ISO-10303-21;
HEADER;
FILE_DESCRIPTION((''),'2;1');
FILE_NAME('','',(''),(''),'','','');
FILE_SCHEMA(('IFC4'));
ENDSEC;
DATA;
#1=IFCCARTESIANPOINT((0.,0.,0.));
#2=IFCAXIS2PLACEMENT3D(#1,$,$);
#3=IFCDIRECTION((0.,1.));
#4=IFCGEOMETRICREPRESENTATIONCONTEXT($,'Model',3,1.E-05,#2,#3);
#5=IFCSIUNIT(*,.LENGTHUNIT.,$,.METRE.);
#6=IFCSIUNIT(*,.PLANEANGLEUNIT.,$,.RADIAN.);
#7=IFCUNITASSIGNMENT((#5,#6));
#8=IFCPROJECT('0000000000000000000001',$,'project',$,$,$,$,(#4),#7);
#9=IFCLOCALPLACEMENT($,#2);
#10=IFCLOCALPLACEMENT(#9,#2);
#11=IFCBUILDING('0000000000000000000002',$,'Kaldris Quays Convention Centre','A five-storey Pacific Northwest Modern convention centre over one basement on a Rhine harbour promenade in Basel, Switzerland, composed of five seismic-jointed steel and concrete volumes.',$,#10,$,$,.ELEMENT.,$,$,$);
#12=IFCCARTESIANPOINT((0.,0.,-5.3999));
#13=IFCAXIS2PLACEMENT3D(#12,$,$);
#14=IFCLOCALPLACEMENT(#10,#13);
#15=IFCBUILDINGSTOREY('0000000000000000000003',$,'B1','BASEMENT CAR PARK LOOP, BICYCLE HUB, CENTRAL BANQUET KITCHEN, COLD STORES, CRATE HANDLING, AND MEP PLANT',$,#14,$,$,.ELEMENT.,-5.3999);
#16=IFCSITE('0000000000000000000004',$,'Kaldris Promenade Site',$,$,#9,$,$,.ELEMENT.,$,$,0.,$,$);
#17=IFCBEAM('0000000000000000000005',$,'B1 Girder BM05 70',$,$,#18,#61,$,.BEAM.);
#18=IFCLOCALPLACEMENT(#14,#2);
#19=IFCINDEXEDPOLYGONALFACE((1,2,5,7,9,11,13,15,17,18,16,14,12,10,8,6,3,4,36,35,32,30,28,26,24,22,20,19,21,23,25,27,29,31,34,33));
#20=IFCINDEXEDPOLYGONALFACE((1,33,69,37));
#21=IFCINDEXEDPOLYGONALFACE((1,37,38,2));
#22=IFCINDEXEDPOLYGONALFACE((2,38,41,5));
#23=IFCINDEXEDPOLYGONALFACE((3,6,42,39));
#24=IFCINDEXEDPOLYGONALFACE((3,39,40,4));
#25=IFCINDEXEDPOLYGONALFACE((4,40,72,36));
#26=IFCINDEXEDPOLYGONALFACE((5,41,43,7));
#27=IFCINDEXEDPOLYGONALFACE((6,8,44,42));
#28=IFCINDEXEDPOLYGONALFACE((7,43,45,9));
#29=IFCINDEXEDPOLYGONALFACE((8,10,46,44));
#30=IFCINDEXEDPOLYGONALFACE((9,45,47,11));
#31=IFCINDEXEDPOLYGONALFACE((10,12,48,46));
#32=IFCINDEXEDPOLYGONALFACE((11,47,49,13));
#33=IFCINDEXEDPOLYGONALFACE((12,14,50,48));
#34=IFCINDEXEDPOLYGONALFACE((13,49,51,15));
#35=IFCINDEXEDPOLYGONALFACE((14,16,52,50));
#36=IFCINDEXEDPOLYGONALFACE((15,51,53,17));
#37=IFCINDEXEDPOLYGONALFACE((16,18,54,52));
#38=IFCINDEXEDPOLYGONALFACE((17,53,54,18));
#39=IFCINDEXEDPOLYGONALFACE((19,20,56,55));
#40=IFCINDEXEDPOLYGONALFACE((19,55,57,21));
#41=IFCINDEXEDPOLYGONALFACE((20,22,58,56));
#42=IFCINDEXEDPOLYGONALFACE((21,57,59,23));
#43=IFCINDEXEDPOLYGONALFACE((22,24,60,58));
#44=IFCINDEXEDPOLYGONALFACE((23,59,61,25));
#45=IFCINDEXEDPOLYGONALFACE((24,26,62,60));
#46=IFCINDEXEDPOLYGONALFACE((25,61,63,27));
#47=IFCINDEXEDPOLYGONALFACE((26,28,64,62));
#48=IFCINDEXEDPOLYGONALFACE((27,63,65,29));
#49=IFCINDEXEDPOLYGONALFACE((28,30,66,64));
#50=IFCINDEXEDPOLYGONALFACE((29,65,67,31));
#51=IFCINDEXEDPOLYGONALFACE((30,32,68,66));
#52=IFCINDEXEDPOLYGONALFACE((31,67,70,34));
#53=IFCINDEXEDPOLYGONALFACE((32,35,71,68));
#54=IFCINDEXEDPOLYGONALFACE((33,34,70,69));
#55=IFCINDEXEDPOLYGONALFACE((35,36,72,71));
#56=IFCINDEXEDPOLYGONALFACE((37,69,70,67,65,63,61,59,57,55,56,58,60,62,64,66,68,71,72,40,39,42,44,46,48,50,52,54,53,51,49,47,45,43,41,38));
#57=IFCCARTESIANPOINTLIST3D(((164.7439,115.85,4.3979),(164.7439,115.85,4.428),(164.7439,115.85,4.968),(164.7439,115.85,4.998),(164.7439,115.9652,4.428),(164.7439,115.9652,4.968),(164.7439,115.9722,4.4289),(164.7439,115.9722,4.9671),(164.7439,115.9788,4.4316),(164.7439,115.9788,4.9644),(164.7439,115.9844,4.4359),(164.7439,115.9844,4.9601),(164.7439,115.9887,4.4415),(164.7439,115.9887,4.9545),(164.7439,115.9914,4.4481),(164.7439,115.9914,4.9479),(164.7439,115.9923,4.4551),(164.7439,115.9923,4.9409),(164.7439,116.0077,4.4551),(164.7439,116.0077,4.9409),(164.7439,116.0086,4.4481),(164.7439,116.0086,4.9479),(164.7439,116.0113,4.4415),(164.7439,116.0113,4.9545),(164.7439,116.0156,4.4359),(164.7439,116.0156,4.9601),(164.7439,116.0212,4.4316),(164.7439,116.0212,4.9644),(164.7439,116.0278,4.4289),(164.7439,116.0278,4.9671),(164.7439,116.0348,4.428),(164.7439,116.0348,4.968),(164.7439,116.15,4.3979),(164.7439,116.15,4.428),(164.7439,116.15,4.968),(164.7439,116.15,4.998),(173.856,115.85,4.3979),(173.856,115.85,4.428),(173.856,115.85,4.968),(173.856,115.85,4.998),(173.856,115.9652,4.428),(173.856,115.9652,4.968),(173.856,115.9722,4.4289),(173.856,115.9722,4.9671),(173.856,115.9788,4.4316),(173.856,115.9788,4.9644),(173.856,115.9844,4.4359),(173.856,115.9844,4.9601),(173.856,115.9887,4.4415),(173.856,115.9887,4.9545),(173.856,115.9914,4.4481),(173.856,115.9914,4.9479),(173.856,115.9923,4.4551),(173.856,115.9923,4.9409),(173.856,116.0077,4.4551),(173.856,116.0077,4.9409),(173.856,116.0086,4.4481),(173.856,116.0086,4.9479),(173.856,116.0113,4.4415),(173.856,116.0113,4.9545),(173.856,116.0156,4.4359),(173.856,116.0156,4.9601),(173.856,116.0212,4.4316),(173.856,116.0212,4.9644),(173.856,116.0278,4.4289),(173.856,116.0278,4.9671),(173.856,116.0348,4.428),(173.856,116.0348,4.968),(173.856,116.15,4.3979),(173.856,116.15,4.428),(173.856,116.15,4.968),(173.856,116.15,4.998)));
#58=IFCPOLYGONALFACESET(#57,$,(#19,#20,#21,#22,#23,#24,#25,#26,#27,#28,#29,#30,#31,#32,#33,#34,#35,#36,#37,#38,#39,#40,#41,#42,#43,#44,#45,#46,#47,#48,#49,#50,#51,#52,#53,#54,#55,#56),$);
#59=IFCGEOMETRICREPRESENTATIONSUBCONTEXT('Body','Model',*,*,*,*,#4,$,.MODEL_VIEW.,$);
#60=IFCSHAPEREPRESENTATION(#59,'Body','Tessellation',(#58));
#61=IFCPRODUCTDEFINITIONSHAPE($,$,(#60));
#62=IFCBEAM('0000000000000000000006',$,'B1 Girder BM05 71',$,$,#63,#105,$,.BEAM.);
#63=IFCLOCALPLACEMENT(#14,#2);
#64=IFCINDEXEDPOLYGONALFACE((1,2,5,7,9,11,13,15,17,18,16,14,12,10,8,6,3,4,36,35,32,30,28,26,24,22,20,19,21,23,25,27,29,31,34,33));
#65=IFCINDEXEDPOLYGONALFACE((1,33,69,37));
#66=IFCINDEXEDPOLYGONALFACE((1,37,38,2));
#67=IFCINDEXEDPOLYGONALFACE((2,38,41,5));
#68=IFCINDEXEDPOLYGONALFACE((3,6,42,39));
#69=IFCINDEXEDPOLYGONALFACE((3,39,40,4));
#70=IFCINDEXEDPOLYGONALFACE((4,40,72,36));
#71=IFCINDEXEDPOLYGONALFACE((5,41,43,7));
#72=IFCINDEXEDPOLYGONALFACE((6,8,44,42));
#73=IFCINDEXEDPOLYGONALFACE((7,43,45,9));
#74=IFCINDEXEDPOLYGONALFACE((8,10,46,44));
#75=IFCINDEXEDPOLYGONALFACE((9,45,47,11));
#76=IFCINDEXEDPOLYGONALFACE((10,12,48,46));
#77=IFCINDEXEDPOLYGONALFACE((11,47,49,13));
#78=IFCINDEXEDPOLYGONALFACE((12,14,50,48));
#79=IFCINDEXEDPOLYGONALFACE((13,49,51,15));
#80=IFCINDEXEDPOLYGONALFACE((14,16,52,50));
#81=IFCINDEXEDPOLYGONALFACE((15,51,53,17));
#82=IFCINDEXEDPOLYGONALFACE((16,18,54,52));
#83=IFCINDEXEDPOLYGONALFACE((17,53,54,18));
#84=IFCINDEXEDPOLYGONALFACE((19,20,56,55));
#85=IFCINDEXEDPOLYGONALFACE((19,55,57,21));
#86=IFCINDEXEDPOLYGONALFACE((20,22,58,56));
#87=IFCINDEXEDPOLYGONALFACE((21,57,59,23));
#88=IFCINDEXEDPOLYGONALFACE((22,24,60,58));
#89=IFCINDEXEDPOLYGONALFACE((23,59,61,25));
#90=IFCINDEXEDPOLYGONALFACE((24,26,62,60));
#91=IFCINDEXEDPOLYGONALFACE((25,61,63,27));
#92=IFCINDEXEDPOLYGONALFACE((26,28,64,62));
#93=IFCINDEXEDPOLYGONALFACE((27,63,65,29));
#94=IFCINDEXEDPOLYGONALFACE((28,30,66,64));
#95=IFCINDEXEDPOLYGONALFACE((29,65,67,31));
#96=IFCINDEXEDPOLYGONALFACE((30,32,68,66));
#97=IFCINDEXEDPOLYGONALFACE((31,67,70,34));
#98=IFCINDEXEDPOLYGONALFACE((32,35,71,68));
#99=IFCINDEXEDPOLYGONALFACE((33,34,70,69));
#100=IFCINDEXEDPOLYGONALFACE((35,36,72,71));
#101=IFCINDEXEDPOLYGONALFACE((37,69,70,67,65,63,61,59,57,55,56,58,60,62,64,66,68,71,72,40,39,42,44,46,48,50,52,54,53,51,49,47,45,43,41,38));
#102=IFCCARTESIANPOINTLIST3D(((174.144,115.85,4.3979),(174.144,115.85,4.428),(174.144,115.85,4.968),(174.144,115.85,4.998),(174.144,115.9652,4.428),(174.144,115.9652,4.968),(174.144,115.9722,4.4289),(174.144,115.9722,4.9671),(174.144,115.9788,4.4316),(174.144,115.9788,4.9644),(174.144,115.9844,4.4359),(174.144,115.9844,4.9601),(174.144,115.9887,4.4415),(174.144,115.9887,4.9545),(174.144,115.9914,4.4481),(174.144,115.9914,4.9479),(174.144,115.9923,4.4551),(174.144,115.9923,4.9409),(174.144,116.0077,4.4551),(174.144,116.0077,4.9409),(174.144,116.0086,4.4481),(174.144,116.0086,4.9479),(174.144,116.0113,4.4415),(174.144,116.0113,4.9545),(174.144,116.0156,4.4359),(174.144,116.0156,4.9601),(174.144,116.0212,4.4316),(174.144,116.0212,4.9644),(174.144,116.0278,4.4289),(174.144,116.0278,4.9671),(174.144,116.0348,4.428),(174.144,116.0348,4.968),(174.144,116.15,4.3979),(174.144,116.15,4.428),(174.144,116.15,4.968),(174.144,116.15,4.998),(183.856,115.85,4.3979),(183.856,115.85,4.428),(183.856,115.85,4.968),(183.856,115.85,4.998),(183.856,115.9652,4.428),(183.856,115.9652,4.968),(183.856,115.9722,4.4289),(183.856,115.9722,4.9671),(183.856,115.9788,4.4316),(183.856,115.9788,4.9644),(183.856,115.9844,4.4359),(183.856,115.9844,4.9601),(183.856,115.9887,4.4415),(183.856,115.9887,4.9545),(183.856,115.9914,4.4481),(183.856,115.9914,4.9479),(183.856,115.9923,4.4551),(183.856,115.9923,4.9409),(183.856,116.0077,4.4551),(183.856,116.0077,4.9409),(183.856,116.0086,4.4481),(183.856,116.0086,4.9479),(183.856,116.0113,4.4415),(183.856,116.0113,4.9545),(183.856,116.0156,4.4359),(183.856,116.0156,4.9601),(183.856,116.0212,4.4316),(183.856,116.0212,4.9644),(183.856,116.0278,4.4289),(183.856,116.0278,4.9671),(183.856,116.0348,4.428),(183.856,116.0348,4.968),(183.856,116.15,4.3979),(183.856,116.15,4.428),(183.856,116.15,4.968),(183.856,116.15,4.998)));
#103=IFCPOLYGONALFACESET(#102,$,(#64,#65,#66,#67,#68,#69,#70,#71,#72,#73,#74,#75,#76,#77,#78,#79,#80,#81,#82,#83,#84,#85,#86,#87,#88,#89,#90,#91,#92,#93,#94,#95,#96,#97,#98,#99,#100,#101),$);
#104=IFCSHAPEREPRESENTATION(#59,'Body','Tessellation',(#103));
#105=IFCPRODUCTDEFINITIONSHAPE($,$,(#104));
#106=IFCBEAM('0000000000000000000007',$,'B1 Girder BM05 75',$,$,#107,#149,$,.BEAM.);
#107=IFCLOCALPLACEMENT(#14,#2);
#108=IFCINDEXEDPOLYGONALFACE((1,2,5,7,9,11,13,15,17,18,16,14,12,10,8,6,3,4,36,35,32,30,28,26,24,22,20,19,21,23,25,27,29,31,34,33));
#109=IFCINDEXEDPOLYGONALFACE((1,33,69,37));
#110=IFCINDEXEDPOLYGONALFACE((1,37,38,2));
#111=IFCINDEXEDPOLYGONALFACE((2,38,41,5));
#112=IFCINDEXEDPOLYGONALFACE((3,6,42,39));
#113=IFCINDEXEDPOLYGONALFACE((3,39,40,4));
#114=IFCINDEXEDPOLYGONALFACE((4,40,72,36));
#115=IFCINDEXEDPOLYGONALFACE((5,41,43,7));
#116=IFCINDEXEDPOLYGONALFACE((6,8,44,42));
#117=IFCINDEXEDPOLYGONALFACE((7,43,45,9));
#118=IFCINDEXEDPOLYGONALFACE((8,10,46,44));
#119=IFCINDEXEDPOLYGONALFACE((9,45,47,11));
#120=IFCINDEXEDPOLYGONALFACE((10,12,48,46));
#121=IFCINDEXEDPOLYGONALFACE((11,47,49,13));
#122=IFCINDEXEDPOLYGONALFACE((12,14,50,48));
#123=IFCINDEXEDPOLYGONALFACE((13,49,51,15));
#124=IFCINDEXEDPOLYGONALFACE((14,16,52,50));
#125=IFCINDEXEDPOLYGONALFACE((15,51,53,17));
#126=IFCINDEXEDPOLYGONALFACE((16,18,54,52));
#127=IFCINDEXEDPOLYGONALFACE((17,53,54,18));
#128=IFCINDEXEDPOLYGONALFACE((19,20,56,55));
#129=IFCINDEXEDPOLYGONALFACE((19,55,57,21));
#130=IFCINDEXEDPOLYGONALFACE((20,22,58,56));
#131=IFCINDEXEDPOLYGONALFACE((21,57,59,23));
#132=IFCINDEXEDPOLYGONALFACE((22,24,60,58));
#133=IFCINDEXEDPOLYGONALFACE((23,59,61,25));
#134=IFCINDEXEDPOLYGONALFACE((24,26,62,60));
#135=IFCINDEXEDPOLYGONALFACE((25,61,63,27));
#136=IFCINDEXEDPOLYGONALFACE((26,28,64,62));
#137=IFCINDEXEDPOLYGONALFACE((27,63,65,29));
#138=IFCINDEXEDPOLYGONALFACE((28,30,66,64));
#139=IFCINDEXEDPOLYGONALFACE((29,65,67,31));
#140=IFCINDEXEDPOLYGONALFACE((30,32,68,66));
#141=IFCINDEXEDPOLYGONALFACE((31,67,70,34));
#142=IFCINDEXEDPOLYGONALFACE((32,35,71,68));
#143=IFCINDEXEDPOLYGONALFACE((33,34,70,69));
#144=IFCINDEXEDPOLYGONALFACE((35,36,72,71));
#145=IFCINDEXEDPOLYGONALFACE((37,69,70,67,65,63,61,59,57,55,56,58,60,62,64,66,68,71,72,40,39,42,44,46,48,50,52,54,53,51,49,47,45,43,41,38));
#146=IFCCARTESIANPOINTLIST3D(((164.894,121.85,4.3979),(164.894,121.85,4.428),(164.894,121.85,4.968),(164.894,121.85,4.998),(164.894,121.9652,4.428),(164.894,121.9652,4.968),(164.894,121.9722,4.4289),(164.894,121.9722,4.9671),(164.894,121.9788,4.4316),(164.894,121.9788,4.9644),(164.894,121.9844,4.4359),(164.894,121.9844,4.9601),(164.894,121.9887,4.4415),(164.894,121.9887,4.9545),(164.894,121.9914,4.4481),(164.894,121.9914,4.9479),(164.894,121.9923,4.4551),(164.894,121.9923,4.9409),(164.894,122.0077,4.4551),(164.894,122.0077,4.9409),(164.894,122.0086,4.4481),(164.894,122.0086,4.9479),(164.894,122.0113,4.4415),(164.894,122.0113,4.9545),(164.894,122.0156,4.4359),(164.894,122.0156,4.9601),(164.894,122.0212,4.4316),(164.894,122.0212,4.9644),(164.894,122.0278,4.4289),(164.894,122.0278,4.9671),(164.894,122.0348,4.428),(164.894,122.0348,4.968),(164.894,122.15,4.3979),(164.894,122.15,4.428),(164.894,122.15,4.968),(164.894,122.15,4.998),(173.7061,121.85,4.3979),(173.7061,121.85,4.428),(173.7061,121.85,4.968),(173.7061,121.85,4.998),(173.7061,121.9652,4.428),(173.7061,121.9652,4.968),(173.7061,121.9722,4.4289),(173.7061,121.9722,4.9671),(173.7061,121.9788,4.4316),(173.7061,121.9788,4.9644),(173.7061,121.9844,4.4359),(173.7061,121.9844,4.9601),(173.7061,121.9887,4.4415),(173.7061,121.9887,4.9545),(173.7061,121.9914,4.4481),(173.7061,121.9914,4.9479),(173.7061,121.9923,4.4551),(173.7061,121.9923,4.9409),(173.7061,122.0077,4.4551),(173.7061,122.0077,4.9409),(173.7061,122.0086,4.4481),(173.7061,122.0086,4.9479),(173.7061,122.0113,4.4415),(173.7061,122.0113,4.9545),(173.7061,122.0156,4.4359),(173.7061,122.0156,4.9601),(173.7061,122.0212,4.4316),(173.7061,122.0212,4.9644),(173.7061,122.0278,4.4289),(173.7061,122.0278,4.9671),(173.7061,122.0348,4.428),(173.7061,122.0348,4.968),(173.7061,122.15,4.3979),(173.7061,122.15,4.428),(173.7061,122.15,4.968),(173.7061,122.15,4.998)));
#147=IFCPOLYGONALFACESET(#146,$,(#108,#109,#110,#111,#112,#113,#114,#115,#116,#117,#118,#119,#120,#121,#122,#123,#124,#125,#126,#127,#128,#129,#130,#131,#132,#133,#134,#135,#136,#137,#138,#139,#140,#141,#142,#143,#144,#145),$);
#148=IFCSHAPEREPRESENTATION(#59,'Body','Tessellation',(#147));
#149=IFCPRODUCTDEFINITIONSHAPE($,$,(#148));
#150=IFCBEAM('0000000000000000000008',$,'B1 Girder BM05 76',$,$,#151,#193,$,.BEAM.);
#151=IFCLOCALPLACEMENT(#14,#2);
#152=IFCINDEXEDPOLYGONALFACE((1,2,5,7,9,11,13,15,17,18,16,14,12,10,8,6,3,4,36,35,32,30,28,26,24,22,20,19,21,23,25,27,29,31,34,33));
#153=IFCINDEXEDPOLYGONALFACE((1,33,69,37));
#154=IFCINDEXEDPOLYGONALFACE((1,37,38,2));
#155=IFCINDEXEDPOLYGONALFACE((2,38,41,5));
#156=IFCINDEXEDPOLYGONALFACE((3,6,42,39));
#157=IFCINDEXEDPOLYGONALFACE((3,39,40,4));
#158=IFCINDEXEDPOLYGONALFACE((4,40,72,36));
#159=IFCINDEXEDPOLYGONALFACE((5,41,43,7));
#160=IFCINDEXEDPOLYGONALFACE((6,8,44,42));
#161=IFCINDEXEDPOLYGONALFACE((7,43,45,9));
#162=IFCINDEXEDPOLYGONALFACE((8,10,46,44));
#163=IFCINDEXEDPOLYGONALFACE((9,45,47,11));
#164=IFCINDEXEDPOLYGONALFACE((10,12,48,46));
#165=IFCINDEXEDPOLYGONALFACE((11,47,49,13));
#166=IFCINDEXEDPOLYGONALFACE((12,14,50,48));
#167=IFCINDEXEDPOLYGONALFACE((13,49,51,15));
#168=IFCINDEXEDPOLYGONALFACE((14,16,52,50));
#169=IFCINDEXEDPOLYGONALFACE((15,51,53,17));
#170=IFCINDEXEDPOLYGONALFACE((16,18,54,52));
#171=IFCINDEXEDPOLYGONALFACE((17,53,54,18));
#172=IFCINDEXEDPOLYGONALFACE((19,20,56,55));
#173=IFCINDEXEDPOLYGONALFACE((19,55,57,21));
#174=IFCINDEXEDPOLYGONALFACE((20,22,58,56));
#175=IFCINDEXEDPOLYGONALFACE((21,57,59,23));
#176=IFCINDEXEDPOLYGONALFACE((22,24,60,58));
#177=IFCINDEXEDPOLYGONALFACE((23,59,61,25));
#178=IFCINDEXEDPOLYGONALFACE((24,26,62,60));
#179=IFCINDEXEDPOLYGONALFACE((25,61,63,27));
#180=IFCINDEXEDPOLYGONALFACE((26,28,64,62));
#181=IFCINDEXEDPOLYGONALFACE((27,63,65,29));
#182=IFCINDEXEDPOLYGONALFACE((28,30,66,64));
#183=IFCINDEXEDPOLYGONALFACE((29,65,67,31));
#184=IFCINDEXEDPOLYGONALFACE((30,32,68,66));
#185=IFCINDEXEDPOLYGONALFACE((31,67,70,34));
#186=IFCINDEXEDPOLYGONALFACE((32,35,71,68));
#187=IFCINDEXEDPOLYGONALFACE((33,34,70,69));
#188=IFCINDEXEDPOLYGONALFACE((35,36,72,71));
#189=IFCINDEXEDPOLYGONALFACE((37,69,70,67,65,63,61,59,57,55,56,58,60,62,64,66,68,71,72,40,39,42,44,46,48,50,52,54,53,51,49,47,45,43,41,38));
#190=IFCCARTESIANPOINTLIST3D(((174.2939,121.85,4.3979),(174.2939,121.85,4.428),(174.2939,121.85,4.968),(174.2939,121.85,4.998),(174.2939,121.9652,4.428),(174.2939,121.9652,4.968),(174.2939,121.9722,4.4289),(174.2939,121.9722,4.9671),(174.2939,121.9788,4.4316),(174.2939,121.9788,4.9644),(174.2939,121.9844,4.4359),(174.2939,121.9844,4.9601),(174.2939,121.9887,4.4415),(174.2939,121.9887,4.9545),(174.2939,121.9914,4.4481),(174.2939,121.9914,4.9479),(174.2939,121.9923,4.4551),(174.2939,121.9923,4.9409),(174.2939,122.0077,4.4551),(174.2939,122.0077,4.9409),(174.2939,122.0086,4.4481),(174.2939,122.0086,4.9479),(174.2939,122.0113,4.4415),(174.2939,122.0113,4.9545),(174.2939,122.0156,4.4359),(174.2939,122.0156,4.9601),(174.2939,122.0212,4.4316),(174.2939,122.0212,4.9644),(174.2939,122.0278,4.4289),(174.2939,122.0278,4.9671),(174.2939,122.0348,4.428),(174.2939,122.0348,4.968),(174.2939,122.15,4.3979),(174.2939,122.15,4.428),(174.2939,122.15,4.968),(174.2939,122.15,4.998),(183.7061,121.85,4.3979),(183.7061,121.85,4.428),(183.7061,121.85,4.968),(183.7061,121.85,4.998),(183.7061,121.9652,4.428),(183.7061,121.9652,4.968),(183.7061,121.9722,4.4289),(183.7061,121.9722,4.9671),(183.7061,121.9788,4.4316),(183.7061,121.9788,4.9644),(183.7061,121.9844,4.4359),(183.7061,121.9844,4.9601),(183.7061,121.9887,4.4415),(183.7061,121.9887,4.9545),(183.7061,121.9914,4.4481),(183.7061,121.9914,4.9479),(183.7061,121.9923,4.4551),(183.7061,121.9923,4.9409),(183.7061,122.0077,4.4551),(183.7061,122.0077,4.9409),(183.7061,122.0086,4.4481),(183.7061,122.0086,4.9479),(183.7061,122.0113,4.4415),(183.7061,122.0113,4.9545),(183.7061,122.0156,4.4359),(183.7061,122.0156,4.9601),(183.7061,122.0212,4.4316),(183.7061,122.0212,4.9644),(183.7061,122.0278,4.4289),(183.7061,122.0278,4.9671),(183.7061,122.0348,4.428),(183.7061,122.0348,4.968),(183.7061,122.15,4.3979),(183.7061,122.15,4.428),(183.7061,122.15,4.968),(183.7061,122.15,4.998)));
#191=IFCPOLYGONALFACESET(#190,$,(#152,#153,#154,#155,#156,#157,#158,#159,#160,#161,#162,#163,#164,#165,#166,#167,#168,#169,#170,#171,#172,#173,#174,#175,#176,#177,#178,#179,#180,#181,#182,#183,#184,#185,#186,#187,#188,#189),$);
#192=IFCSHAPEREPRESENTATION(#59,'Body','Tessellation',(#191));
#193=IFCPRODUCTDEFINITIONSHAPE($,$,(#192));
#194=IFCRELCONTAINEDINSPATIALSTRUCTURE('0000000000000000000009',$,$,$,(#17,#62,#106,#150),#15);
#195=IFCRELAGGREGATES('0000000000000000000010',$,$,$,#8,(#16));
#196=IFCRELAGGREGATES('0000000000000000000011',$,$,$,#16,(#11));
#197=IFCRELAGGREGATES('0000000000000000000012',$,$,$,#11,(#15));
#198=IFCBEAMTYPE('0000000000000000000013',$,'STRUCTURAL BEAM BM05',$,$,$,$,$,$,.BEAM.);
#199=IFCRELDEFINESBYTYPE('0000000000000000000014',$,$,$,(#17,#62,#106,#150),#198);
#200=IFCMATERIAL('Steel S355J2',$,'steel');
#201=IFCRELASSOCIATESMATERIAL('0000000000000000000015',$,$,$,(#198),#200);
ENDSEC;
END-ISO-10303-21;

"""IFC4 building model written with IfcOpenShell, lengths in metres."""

from ifc_helpers import new_model, si_unit, direction, frame, origin, origin_2d, place, context, subcontext, project, spatial, i_section, extrude, material, material_profile, profile_set, type_object, element, save


model = new_model("IFC4")

# Units and contexts
model_context = context("Model", 3, precision=1e-05, world=origin(), true_north=direction((0.0, 1.0)))
body_context = subcontext(model_context, "Body", "Model", "MODEL_VIEW")
ifc_project = project(units=[si_unit("LENGTHUNIT", "METRE"), si_unit("PLANEANGLEUNIT", "RADIAN")], contexts=[model_context])

# Site, building, storey
site_placement = place(None, origin())
site = spatial("IfcSite", under=ifc_project, at=site_placement, Name="Kaldris Promenade Site", CompositionType="ELEMENT", RefElevation=0.0)
building_placement = place(site_placement, origin())
building = spatial("IfcBuilding", under=site, at=building_placement, Name="Kaldris Quays Convention Centre", Description="A five-storey Pacific Northwest Modern convention centre over one basement on a Rhine harbour promenade in Basel, Switzerland, composed of five seismic-jointed steel and concrete volumes.", CompositionType="ELEMENT")
storey_placement = place(building_placement, frame((0.0, 0.0, -5.3999)))
storey = spatial("IfcBuildingStorey", under=building, at=storey_placement, Name="B1", Description="BASEMENT CAR PARK LOOP, BICYCLE HUB, CENTRAL BANQUET KITCHEN, COLD STORES, CRATE HANDLING, AND MEP PLANT", CompositionType="ELEMENT", Elevation=-5.3999)

# Shared definitions
ifc_material_1 = material(Name="Steel S355J2", Category="steel")

# Beams
ifc_material_profile_1 = material_profile(ifc_material_1, i_section(OverallWidth=0.3, OverallDepth=0.6001, WebThickness=0.0154, FlangeThickness=0.03, FilletRadius=0.0271, at=origin_2d()), Name="HEB 600")
ifc_profile_set_1 = profile_set([ifc_material_profile_1], Name="Steel S355J2")
beam_type_1 = type_object("IfcBeamType", Name="STRUCTURAL BEAM BM05", PredefinedType="BEAM", material=ifc_profile_set_1)
beam_1_placement = place(storey_placement, frame((164.7439, 116.0, 4.698), z_axis=(1.0, 0.0, 0.0), x_axis=(0.0, 1.0, 0.0)))
element("IfcBeam", 1, at=beam_1_placement, inside=storey, type_object=beam_type_1, Name="B1 Girder BM05 70", PredefinedType="BEAM", context=body_context, shape_type="SweptSolid", body=[
    extrude(i_section(OverallWidth=0.3, OverallDepth=0.6001, WebThickness=0.0154, FlangeThickness=0.03, FilletRadius=0.0271, at=origin_2d()), origin(), (0.0, 0.0, 1.0), 9.1121),
])
beam_2_placement = place(storey_placement, frame((174.144, 116.0, 4.698), z_axis=(1.0, 0.0, 0.0), x_axis=(0.0, 1.0, 0.0)))
element("IfcBeam", 2, at=beam_2_placement, inside=storey, type_object=beam_type_1, Name="B1 Girder BM05 71", PredefinedType="BEAM", context=body_context, shape_type="SweptSolid", body=[
    extrude(i_section(OverallWidth=0.3, OverallDepth=0.6001, WebThickness=0.0154, FlangeThickness=0.03, FilletRadius=0.0271, at=origin_2d()), origin(), (0.0, 0.0, 1.0), 9.7119),
])
beam_3_placement = place(storey_placement, frame((164.894, 122.0, 4.698), z_axis=(1.0, 0.0, 0.0), x_axis=(0.0, 1.0, 0.0)))
element("IfcBeam", 3, at=beam_3_placement, inside=storey, type_object=beam_type_1, Name="B1 Girder BM05 75", PredefinedType="BEAM", context=body_context, shape_type="SweptSolid", body=[
    extrude(i_section(OverallWidth=0.3, OverallDepth=0.6001, WebThickness=0.0154, FlangeThickness=0.03, FilletRadius=0.0271, at=origin_2d()), origin(), (0.0, 0.0, 1.0), 8.812),
])
beam_4_placement = place(storey_placement, frame((174.2939, 122.0, 4.698), z_axis=(1.0, 0.0, 0.0), x_axis=(0.0, 1.0, 0.0)))
element("IfcBeam", 4, at=beam_4_placement, inside=storey, type_object=beam_type_1, Name="B1 Girder BM05 76", PredefinedType="BEAM", context=body_context, shape_type="SweptSolid", body=[
    extrude(i_section(OverallWidth=0.3, OverallDepth=0.6001, WebThickness=0.0154, FlangeThickness=0.03, FilletRadius=0.0271, at=origin_2d()), origin(), (0.0, 0.0, 1.0), 9.4121),
])

save(model, "model.ifc")
